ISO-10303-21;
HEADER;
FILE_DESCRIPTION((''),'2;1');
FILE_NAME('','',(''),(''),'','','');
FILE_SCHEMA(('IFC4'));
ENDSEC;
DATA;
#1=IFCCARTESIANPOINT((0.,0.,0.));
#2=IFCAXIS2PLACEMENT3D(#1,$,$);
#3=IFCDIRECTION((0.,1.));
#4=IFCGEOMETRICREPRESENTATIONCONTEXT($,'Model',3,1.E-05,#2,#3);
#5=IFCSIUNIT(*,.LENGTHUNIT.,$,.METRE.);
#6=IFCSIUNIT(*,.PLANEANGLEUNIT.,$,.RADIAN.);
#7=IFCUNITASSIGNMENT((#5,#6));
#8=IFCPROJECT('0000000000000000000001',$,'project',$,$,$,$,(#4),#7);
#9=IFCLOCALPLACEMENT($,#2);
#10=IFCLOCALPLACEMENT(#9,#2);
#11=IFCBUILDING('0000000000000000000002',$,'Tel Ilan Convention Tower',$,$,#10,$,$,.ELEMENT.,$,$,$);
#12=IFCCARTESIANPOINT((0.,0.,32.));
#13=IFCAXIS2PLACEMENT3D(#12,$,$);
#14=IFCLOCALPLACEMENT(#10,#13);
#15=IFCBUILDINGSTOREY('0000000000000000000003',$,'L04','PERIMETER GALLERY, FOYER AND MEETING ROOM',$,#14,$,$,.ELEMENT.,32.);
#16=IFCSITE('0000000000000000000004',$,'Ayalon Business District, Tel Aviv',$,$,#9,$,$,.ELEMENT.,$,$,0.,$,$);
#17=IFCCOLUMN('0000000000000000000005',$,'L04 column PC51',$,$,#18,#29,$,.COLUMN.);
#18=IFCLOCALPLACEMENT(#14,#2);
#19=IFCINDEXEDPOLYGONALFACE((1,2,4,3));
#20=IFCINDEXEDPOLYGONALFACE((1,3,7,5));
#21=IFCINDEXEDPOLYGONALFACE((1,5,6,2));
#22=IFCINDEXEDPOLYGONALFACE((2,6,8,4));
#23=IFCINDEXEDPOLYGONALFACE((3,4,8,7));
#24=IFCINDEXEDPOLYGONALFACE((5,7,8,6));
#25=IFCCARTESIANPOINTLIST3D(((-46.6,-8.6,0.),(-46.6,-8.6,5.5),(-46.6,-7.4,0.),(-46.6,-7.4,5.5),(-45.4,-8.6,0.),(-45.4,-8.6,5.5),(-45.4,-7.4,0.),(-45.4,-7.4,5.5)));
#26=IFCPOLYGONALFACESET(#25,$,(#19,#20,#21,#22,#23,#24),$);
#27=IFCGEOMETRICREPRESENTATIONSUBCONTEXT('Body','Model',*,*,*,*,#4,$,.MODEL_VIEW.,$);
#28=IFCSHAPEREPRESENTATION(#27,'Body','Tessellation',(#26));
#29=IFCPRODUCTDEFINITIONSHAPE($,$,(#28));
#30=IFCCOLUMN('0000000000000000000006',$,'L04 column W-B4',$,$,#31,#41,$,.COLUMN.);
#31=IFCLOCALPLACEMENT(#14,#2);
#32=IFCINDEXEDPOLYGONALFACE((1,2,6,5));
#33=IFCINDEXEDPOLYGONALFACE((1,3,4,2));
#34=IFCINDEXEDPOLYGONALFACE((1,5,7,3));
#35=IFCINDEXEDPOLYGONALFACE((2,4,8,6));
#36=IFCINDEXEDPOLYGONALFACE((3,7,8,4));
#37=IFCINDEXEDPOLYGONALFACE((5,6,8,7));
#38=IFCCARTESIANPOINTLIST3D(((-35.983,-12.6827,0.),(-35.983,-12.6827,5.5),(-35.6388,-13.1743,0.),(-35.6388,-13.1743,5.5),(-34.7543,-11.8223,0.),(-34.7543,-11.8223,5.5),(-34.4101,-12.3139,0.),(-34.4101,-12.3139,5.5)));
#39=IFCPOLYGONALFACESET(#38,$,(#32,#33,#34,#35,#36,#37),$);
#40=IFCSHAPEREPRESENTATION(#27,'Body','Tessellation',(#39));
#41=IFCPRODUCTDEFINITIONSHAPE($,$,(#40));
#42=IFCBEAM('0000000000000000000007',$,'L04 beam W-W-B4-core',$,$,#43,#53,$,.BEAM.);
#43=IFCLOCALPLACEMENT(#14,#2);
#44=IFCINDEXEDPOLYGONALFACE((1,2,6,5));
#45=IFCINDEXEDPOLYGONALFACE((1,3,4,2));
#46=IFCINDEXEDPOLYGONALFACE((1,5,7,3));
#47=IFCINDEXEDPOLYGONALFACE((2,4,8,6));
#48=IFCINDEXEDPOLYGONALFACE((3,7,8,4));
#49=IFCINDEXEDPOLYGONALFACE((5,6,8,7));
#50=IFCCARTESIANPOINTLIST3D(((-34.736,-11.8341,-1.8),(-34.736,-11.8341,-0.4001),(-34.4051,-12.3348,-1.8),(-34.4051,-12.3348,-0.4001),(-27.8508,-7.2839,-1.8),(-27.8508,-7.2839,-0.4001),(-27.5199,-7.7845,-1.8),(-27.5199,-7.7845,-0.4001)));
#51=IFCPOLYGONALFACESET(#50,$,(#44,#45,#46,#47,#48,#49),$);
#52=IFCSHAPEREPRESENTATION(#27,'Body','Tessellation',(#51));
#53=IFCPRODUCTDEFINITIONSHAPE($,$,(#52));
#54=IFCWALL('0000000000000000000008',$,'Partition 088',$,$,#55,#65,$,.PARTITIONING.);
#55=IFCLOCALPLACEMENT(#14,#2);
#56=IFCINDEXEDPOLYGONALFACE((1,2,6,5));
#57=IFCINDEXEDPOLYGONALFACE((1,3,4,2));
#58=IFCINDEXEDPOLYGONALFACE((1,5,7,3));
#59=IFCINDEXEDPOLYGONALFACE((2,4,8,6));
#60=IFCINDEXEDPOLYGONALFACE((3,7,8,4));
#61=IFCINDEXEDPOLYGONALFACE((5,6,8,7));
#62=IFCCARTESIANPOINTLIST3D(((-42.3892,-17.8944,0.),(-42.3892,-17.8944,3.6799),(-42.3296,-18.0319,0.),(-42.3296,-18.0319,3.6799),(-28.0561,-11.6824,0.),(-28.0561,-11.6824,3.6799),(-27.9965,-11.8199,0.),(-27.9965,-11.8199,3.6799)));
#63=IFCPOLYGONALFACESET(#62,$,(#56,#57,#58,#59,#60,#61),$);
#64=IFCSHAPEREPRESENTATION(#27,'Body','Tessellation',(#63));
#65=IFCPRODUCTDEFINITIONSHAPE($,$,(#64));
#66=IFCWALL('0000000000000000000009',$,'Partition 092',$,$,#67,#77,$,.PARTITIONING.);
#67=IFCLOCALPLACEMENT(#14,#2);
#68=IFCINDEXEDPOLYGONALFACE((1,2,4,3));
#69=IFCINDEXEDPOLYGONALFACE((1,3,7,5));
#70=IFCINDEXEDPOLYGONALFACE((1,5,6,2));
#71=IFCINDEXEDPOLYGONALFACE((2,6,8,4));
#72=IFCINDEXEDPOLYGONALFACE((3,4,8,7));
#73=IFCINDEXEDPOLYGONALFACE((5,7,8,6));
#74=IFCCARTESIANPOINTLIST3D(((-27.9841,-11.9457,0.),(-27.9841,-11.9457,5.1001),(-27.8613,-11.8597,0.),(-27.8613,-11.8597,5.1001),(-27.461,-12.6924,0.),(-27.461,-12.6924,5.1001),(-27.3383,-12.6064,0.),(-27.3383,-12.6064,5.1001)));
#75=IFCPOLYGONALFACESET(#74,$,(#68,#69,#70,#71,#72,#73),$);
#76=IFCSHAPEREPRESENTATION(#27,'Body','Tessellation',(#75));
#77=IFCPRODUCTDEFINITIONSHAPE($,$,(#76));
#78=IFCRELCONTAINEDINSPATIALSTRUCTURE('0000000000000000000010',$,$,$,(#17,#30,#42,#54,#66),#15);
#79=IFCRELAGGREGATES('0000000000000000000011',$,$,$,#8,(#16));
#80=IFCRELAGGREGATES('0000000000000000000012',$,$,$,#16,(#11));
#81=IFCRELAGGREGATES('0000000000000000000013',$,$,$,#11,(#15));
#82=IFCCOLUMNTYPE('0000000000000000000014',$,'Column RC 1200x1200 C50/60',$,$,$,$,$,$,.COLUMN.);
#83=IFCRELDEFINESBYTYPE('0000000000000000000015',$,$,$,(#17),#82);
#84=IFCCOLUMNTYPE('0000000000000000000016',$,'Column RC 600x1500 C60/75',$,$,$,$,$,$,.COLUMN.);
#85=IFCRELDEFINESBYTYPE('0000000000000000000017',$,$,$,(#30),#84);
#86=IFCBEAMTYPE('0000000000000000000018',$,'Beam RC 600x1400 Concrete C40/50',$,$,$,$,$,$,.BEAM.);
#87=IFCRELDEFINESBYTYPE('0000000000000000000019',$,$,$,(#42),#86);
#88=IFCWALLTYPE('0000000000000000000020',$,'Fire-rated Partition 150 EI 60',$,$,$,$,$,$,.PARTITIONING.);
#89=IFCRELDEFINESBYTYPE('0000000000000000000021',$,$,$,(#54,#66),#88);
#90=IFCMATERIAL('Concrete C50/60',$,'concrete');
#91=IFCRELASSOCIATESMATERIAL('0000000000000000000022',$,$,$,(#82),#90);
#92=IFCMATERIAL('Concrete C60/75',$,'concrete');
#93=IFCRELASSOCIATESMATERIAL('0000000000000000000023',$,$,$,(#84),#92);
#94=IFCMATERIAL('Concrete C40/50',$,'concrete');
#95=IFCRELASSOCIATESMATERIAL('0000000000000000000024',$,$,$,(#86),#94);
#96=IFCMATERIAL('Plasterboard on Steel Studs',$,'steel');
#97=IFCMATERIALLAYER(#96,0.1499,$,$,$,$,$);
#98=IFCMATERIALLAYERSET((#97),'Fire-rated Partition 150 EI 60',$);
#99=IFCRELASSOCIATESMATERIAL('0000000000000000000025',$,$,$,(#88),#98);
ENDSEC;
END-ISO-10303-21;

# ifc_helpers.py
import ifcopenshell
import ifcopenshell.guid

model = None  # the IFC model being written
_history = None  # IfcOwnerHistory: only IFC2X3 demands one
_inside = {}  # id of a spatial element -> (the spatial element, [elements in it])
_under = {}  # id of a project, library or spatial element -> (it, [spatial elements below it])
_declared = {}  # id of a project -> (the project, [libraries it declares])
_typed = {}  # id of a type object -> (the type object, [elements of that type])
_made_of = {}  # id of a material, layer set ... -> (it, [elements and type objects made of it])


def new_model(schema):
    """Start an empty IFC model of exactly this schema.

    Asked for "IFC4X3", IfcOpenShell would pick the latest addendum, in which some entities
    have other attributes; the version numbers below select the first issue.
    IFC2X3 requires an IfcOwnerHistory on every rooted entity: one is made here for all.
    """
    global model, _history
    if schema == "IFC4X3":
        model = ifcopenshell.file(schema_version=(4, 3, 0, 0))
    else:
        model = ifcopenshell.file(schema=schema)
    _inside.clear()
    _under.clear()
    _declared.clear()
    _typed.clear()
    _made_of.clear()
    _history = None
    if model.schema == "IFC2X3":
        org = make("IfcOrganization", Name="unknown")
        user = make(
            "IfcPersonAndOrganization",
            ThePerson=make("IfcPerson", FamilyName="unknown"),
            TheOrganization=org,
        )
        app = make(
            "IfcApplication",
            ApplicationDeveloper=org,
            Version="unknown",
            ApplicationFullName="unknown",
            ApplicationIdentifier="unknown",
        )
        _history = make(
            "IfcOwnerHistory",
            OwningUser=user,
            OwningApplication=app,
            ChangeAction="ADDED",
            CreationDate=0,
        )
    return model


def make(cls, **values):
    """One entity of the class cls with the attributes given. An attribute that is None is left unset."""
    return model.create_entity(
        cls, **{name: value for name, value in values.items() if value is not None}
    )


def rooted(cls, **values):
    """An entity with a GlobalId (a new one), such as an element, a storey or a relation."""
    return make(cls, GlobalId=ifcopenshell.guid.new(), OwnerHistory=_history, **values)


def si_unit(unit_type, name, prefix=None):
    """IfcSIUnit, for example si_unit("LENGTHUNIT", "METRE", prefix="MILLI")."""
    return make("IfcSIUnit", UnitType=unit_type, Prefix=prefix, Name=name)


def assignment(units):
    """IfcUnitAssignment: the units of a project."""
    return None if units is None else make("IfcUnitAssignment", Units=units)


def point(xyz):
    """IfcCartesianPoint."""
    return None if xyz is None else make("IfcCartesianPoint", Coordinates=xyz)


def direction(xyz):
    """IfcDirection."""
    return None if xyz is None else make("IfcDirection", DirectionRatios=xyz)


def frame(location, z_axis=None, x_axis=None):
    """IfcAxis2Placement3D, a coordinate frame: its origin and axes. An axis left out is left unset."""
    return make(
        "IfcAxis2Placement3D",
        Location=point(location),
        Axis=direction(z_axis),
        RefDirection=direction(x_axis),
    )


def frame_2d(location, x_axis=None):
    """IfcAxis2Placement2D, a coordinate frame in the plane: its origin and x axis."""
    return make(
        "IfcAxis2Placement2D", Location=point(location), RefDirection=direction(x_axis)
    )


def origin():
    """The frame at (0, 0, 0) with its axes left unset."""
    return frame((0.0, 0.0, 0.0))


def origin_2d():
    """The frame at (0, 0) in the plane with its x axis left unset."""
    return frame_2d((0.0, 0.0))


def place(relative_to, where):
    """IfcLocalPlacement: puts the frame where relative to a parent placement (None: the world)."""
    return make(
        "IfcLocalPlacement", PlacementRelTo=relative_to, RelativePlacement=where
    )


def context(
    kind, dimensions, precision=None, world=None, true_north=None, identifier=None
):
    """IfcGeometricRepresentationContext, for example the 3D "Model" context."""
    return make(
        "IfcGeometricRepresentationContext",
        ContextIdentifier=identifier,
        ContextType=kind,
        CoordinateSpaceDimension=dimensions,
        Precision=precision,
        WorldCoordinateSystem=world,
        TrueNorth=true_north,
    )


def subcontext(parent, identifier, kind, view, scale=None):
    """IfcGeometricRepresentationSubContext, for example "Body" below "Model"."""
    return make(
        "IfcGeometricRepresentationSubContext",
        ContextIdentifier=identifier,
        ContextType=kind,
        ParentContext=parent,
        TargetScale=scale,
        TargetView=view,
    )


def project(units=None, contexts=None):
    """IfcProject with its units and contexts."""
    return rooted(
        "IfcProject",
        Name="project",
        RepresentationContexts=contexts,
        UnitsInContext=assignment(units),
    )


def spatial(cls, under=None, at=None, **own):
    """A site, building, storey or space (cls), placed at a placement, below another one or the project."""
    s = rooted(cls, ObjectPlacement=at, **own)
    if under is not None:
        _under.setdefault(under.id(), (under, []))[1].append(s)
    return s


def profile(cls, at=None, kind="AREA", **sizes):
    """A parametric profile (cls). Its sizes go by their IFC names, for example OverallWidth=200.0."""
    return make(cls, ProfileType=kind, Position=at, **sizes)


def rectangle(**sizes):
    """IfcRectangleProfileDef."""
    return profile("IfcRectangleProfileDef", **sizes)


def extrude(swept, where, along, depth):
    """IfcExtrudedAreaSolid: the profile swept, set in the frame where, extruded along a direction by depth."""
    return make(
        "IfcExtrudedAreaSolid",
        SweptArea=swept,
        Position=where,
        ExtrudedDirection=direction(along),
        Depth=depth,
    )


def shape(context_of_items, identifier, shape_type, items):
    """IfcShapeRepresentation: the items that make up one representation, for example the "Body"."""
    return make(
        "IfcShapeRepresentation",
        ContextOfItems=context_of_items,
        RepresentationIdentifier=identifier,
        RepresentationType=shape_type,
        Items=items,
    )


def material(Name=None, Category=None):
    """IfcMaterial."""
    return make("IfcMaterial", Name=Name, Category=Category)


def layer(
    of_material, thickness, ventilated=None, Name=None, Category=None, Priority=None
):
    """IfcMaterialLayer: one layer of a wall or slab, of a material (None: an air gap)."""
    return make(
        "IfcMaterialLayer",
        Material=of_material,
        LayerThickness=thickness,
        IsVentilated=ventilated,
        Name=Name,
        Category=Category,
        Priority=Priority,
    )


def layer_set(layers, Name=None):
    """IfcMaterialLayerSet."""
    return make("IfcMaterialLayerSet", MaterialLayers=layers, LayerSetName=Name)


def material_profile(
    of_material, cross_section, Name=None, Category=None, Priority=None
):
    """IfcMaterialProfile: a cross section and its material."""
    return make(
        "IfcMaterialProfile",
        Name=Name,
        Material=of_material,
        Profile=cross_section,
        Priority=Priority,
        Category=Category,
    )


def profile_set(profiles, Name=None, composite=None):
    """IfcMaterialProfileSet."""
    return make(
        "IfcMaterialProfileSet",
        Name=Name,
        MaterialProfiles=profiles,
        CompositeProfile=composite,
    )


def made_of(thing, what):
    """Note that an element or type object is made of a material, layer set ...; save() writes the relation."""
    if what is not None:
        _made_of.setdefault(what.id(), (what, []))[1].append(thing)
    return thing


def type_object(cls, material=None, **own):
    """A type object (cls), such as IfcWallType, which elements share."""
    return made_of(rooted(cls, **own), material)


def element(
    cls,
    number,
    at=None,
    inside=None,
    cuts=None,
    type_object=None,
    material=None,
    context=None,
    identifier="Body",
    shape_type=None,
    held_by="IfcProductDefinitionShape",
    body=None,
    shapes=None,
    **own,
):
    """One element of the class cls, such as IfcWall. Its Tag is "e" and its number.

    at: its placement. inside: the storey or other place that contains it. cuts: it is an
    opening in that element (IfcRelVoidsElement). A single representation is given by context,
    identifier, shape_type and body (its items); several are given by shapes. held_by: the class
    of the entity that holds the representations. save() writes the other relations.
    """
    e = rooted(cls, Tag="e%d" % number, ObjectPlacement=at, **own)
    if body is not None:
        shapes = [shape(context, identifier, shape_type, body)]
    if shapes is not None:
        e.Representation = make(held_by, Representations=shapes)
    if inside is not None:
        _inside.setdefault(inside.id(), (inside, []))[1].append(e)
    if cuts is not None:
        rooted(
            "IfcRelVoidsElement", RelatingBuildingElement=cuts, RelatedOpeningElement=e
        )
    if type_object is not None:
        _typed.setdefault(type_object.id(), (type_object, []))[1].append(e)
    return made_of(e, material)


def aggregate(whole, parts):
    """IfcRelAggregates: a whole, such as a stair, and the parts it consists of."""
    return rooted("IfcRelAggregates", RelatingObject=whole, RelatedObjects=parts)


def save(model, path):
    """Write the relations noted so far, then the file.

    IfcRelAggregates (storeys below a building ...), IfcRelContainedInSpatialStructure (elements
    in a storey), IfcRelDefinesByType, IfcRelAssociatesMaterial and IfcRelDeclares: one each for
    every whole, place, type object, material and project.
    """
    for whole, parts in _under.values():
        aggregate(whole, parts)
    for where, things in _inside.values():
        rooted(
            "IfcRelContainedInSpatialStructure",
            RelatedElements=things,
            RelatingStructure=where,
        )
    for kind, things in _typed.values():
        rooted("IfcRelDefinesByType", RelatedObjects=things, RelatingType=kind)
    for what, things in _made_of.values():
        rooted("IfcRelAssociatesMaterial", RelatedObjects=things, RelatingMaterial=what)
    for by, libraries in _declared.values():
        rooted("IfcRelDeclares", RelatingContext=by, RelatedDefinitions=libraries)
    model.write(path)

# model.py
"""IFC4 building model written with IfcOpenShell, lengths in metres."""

from ifc_helpers import new_model, si_unit, direction, frame, frame_2d, origin, origin_2d, place, context, subcontext, project, spatial, rectangle, extrude, material, layer, layer_set, material_profile, profile_set, type_object, element, save


model = new_model("IFC4")

# Units and contexts
model_context = context("Model", 3, precision=1e-05, world=origin(), true_north=direction((0.0, 1.0)))
body_context = subcontext(model_context, "Body", "Model", "MODEL_VIEW")
ifc_project = project(units=[si_unit("LENGTHUNIT", "METRE"), si_unit("PLANEANGLEUNIT", "RADIAN")], contexts=[model_context])

# Site, building, storey
site_placement = place(None, origin())
site = spatial("IfcSite", under=ifc_project, at=site_placement, Name="Ayalon Business District, Tel Aviv", CompositionType="ELEMENT", RefElevation=0.0)
building_placement = place(site_placement, origin())
building = spatial("IfcBuilding", under=site, at=building_placement, Name="Tel Ilan Convention Tower", CompositionType="ELEMENT")
storey_placement = place(building_placement, frame((0.0, 0.0, 32.0)))
storey = spatial("IfcBuildingStorey", under=building, at=storey_placement, Name="L04", Description="PERIMETER GALLERY, FOYER AND MEETING ROOM", CompositionType="ELEMENT", Elevation=32.0)

# Columns
ifc_material_1 = material(Name="Concrete C50/60", Category="concrete")
ifc_material_profile_1 = material_profile(ifc_material_1, rectangle(XDim=1.2, YDim=1.2, at=origin_2d()), Name="RC 1200x1200")
ifc_profile_set_1 = profile_set([ifc_material_profile_1], Name="Concrete C50/60")
column_type_1 = type_object("IfcColumnType", Name="Column RC 1200x1200 C50/60", PredefinedType="COLUMN", material=ifc_profile_set_1)
column_1_placement = place(storey_placement, frame((-46.0, -8.0, 0.0), z_axis=(0.0, 0.0, 1.0), x_axis=(1.0, 0.0, 0.0)))
element("IfcColumn", 1, at=column_1_placement, inside=storey, type_object=column_type_1, Name="L04 column PC51", PredefinedType="COLUMN", context=body_context, shape_type="SweptSolid", body=[
    extrude(rectangle(XDim=1.2, YDim=1.2, at=origin_2d()), origin(), (0.0, 0.0, 1.0), 5.5),
])
ifc_material_2 = material(Name="Concrete C60/75", Category="concrete")
ifc_material_profile_2 = material_profile(ifc_material_2, rectangle(XDim=1.5, YDim=0.6001, at=origin_2d()), Name="RC 600x1500")
ifc_profile_set_2 = profile_set([ifc_material_profile_2], Name="Concrete C60/75")
column_type_2 = type_object("IfcColumnType", Name="Column RC 600x1500 C60/75", PredefinedType="COLUMN", material=ifc_profile_set_2)
column_2_placement = place(storey_placement, frame((-35.1965, -12.4983, 0.0), z_axis=(0.0, 0.0, 1.0), x_axis=(-0.819152, -0.573576, 0.0)))
element("IfcColumn", 2, at=column_2_placement, inside=storey, type_object=column_type_2, Name="L04 column W-B4", PredefinedType="COLUMN", context=body_context, shape_type="SweptSolid", body=[
    extrude(rectangle(XDim=1.5, YDim=0.6001, at=origin_2d()), origin(), (0.0, 0.0, 1.0), 5.5),
])

# Beam
ifc_material_3 = material(Name="Concrete C40/50", Category="concrete")
ifc_material_profile_3 = material_profile(ifc_material_3, rectangle(XDim=0.6001, YDim=1.3999, at=origin_2d()), Name="RC 600x1400")
ifc_profile_set_3 = profile_set([ifc_material_profile_3], Name="Concrete C40/50")
beam_type = type_object("IfcBeamType", Name="Beam RC 600x1400 Concrete C40/50", PredefinedType="BEAM", material=ifc_profile_set_3)
beam_placement = place(storey_placement, frame((-34.5706, -12.0845, -1.1001), z_axis=(0.834274, 0.551351, 0.0), x_axis=(-0.551351, 0.834274, 0.0)))
element("IfcBeam", 3, at=beam_placement, inside=storey, type_object=beam_type, Name="L04 beam W-W-B4-core", PredefinedType="BEAM", context=body_context, shape_type="SweptSolid", body=[
    extrude(rectangle(XDim=0.6001, YDim=1.3999, at=origin_2d()), origin(), (0.0, 0.0, 1.0), 8.2529),
])

# Walls
ifc_material_4 = material(Name="Plasterboard on Steel Studs", Category="steel")
ifc_layer_1 = layer(ifc_material_4, 0.1499)
ifc_layer_set_1 = layer_set([ifc_layer_1], Name="Fire-rated Partition 150 EI 60")
wall_type_1 = type_object("IfcWallType", Name="Fire-rated Partition 150 EI 60", PredefinedType="PARTITIONING", material=ifc_layer_set_1)
wall_1_placement = place(storey_placement, frame((-28.0264, -11.7512, 0.0), z_axis=(0.0, 0.0, 1.0), x_axis=(-0.917534, -0.397658, 0.0)))
element("IfcWall", 4, at=wall_1_placement, inside=storey, type_object=wall_type_1, Name="Partition 088", PredefinedType="PARTITIONING", context=body_context, shape_type="SweptSolid", body=[
    extrude(rectangle(XDim=15.6213, YDim=0.1499, at=frame_2d((7.8105, 0.0))), origin(), (0.0, 0.0, 1.0), 3.6799),
])
wall_2_placement = place(storey_placement, frame((-27.3997, -12.6494, 0.0), z_axis=(0.0, 0.0, 1.0), x_axis=(-0.573714, 0.819056, 0.0)))
element("IfcWall", 5, at=wall_2_placement, inside=storey, type_object=wall_type_1, Name="Partition 092", PredefinedType="PARTITIONING", context=body_context, shape_type="SweptSolid", body=[
    extrude(rectangle(XDim=0.9116, YDim=0.1499, at=frame_2d((0.4558, 0.0))), origin(), (0.0, 0.0, 1.0), 5.1001),
])

save(model, "model.ifc")
